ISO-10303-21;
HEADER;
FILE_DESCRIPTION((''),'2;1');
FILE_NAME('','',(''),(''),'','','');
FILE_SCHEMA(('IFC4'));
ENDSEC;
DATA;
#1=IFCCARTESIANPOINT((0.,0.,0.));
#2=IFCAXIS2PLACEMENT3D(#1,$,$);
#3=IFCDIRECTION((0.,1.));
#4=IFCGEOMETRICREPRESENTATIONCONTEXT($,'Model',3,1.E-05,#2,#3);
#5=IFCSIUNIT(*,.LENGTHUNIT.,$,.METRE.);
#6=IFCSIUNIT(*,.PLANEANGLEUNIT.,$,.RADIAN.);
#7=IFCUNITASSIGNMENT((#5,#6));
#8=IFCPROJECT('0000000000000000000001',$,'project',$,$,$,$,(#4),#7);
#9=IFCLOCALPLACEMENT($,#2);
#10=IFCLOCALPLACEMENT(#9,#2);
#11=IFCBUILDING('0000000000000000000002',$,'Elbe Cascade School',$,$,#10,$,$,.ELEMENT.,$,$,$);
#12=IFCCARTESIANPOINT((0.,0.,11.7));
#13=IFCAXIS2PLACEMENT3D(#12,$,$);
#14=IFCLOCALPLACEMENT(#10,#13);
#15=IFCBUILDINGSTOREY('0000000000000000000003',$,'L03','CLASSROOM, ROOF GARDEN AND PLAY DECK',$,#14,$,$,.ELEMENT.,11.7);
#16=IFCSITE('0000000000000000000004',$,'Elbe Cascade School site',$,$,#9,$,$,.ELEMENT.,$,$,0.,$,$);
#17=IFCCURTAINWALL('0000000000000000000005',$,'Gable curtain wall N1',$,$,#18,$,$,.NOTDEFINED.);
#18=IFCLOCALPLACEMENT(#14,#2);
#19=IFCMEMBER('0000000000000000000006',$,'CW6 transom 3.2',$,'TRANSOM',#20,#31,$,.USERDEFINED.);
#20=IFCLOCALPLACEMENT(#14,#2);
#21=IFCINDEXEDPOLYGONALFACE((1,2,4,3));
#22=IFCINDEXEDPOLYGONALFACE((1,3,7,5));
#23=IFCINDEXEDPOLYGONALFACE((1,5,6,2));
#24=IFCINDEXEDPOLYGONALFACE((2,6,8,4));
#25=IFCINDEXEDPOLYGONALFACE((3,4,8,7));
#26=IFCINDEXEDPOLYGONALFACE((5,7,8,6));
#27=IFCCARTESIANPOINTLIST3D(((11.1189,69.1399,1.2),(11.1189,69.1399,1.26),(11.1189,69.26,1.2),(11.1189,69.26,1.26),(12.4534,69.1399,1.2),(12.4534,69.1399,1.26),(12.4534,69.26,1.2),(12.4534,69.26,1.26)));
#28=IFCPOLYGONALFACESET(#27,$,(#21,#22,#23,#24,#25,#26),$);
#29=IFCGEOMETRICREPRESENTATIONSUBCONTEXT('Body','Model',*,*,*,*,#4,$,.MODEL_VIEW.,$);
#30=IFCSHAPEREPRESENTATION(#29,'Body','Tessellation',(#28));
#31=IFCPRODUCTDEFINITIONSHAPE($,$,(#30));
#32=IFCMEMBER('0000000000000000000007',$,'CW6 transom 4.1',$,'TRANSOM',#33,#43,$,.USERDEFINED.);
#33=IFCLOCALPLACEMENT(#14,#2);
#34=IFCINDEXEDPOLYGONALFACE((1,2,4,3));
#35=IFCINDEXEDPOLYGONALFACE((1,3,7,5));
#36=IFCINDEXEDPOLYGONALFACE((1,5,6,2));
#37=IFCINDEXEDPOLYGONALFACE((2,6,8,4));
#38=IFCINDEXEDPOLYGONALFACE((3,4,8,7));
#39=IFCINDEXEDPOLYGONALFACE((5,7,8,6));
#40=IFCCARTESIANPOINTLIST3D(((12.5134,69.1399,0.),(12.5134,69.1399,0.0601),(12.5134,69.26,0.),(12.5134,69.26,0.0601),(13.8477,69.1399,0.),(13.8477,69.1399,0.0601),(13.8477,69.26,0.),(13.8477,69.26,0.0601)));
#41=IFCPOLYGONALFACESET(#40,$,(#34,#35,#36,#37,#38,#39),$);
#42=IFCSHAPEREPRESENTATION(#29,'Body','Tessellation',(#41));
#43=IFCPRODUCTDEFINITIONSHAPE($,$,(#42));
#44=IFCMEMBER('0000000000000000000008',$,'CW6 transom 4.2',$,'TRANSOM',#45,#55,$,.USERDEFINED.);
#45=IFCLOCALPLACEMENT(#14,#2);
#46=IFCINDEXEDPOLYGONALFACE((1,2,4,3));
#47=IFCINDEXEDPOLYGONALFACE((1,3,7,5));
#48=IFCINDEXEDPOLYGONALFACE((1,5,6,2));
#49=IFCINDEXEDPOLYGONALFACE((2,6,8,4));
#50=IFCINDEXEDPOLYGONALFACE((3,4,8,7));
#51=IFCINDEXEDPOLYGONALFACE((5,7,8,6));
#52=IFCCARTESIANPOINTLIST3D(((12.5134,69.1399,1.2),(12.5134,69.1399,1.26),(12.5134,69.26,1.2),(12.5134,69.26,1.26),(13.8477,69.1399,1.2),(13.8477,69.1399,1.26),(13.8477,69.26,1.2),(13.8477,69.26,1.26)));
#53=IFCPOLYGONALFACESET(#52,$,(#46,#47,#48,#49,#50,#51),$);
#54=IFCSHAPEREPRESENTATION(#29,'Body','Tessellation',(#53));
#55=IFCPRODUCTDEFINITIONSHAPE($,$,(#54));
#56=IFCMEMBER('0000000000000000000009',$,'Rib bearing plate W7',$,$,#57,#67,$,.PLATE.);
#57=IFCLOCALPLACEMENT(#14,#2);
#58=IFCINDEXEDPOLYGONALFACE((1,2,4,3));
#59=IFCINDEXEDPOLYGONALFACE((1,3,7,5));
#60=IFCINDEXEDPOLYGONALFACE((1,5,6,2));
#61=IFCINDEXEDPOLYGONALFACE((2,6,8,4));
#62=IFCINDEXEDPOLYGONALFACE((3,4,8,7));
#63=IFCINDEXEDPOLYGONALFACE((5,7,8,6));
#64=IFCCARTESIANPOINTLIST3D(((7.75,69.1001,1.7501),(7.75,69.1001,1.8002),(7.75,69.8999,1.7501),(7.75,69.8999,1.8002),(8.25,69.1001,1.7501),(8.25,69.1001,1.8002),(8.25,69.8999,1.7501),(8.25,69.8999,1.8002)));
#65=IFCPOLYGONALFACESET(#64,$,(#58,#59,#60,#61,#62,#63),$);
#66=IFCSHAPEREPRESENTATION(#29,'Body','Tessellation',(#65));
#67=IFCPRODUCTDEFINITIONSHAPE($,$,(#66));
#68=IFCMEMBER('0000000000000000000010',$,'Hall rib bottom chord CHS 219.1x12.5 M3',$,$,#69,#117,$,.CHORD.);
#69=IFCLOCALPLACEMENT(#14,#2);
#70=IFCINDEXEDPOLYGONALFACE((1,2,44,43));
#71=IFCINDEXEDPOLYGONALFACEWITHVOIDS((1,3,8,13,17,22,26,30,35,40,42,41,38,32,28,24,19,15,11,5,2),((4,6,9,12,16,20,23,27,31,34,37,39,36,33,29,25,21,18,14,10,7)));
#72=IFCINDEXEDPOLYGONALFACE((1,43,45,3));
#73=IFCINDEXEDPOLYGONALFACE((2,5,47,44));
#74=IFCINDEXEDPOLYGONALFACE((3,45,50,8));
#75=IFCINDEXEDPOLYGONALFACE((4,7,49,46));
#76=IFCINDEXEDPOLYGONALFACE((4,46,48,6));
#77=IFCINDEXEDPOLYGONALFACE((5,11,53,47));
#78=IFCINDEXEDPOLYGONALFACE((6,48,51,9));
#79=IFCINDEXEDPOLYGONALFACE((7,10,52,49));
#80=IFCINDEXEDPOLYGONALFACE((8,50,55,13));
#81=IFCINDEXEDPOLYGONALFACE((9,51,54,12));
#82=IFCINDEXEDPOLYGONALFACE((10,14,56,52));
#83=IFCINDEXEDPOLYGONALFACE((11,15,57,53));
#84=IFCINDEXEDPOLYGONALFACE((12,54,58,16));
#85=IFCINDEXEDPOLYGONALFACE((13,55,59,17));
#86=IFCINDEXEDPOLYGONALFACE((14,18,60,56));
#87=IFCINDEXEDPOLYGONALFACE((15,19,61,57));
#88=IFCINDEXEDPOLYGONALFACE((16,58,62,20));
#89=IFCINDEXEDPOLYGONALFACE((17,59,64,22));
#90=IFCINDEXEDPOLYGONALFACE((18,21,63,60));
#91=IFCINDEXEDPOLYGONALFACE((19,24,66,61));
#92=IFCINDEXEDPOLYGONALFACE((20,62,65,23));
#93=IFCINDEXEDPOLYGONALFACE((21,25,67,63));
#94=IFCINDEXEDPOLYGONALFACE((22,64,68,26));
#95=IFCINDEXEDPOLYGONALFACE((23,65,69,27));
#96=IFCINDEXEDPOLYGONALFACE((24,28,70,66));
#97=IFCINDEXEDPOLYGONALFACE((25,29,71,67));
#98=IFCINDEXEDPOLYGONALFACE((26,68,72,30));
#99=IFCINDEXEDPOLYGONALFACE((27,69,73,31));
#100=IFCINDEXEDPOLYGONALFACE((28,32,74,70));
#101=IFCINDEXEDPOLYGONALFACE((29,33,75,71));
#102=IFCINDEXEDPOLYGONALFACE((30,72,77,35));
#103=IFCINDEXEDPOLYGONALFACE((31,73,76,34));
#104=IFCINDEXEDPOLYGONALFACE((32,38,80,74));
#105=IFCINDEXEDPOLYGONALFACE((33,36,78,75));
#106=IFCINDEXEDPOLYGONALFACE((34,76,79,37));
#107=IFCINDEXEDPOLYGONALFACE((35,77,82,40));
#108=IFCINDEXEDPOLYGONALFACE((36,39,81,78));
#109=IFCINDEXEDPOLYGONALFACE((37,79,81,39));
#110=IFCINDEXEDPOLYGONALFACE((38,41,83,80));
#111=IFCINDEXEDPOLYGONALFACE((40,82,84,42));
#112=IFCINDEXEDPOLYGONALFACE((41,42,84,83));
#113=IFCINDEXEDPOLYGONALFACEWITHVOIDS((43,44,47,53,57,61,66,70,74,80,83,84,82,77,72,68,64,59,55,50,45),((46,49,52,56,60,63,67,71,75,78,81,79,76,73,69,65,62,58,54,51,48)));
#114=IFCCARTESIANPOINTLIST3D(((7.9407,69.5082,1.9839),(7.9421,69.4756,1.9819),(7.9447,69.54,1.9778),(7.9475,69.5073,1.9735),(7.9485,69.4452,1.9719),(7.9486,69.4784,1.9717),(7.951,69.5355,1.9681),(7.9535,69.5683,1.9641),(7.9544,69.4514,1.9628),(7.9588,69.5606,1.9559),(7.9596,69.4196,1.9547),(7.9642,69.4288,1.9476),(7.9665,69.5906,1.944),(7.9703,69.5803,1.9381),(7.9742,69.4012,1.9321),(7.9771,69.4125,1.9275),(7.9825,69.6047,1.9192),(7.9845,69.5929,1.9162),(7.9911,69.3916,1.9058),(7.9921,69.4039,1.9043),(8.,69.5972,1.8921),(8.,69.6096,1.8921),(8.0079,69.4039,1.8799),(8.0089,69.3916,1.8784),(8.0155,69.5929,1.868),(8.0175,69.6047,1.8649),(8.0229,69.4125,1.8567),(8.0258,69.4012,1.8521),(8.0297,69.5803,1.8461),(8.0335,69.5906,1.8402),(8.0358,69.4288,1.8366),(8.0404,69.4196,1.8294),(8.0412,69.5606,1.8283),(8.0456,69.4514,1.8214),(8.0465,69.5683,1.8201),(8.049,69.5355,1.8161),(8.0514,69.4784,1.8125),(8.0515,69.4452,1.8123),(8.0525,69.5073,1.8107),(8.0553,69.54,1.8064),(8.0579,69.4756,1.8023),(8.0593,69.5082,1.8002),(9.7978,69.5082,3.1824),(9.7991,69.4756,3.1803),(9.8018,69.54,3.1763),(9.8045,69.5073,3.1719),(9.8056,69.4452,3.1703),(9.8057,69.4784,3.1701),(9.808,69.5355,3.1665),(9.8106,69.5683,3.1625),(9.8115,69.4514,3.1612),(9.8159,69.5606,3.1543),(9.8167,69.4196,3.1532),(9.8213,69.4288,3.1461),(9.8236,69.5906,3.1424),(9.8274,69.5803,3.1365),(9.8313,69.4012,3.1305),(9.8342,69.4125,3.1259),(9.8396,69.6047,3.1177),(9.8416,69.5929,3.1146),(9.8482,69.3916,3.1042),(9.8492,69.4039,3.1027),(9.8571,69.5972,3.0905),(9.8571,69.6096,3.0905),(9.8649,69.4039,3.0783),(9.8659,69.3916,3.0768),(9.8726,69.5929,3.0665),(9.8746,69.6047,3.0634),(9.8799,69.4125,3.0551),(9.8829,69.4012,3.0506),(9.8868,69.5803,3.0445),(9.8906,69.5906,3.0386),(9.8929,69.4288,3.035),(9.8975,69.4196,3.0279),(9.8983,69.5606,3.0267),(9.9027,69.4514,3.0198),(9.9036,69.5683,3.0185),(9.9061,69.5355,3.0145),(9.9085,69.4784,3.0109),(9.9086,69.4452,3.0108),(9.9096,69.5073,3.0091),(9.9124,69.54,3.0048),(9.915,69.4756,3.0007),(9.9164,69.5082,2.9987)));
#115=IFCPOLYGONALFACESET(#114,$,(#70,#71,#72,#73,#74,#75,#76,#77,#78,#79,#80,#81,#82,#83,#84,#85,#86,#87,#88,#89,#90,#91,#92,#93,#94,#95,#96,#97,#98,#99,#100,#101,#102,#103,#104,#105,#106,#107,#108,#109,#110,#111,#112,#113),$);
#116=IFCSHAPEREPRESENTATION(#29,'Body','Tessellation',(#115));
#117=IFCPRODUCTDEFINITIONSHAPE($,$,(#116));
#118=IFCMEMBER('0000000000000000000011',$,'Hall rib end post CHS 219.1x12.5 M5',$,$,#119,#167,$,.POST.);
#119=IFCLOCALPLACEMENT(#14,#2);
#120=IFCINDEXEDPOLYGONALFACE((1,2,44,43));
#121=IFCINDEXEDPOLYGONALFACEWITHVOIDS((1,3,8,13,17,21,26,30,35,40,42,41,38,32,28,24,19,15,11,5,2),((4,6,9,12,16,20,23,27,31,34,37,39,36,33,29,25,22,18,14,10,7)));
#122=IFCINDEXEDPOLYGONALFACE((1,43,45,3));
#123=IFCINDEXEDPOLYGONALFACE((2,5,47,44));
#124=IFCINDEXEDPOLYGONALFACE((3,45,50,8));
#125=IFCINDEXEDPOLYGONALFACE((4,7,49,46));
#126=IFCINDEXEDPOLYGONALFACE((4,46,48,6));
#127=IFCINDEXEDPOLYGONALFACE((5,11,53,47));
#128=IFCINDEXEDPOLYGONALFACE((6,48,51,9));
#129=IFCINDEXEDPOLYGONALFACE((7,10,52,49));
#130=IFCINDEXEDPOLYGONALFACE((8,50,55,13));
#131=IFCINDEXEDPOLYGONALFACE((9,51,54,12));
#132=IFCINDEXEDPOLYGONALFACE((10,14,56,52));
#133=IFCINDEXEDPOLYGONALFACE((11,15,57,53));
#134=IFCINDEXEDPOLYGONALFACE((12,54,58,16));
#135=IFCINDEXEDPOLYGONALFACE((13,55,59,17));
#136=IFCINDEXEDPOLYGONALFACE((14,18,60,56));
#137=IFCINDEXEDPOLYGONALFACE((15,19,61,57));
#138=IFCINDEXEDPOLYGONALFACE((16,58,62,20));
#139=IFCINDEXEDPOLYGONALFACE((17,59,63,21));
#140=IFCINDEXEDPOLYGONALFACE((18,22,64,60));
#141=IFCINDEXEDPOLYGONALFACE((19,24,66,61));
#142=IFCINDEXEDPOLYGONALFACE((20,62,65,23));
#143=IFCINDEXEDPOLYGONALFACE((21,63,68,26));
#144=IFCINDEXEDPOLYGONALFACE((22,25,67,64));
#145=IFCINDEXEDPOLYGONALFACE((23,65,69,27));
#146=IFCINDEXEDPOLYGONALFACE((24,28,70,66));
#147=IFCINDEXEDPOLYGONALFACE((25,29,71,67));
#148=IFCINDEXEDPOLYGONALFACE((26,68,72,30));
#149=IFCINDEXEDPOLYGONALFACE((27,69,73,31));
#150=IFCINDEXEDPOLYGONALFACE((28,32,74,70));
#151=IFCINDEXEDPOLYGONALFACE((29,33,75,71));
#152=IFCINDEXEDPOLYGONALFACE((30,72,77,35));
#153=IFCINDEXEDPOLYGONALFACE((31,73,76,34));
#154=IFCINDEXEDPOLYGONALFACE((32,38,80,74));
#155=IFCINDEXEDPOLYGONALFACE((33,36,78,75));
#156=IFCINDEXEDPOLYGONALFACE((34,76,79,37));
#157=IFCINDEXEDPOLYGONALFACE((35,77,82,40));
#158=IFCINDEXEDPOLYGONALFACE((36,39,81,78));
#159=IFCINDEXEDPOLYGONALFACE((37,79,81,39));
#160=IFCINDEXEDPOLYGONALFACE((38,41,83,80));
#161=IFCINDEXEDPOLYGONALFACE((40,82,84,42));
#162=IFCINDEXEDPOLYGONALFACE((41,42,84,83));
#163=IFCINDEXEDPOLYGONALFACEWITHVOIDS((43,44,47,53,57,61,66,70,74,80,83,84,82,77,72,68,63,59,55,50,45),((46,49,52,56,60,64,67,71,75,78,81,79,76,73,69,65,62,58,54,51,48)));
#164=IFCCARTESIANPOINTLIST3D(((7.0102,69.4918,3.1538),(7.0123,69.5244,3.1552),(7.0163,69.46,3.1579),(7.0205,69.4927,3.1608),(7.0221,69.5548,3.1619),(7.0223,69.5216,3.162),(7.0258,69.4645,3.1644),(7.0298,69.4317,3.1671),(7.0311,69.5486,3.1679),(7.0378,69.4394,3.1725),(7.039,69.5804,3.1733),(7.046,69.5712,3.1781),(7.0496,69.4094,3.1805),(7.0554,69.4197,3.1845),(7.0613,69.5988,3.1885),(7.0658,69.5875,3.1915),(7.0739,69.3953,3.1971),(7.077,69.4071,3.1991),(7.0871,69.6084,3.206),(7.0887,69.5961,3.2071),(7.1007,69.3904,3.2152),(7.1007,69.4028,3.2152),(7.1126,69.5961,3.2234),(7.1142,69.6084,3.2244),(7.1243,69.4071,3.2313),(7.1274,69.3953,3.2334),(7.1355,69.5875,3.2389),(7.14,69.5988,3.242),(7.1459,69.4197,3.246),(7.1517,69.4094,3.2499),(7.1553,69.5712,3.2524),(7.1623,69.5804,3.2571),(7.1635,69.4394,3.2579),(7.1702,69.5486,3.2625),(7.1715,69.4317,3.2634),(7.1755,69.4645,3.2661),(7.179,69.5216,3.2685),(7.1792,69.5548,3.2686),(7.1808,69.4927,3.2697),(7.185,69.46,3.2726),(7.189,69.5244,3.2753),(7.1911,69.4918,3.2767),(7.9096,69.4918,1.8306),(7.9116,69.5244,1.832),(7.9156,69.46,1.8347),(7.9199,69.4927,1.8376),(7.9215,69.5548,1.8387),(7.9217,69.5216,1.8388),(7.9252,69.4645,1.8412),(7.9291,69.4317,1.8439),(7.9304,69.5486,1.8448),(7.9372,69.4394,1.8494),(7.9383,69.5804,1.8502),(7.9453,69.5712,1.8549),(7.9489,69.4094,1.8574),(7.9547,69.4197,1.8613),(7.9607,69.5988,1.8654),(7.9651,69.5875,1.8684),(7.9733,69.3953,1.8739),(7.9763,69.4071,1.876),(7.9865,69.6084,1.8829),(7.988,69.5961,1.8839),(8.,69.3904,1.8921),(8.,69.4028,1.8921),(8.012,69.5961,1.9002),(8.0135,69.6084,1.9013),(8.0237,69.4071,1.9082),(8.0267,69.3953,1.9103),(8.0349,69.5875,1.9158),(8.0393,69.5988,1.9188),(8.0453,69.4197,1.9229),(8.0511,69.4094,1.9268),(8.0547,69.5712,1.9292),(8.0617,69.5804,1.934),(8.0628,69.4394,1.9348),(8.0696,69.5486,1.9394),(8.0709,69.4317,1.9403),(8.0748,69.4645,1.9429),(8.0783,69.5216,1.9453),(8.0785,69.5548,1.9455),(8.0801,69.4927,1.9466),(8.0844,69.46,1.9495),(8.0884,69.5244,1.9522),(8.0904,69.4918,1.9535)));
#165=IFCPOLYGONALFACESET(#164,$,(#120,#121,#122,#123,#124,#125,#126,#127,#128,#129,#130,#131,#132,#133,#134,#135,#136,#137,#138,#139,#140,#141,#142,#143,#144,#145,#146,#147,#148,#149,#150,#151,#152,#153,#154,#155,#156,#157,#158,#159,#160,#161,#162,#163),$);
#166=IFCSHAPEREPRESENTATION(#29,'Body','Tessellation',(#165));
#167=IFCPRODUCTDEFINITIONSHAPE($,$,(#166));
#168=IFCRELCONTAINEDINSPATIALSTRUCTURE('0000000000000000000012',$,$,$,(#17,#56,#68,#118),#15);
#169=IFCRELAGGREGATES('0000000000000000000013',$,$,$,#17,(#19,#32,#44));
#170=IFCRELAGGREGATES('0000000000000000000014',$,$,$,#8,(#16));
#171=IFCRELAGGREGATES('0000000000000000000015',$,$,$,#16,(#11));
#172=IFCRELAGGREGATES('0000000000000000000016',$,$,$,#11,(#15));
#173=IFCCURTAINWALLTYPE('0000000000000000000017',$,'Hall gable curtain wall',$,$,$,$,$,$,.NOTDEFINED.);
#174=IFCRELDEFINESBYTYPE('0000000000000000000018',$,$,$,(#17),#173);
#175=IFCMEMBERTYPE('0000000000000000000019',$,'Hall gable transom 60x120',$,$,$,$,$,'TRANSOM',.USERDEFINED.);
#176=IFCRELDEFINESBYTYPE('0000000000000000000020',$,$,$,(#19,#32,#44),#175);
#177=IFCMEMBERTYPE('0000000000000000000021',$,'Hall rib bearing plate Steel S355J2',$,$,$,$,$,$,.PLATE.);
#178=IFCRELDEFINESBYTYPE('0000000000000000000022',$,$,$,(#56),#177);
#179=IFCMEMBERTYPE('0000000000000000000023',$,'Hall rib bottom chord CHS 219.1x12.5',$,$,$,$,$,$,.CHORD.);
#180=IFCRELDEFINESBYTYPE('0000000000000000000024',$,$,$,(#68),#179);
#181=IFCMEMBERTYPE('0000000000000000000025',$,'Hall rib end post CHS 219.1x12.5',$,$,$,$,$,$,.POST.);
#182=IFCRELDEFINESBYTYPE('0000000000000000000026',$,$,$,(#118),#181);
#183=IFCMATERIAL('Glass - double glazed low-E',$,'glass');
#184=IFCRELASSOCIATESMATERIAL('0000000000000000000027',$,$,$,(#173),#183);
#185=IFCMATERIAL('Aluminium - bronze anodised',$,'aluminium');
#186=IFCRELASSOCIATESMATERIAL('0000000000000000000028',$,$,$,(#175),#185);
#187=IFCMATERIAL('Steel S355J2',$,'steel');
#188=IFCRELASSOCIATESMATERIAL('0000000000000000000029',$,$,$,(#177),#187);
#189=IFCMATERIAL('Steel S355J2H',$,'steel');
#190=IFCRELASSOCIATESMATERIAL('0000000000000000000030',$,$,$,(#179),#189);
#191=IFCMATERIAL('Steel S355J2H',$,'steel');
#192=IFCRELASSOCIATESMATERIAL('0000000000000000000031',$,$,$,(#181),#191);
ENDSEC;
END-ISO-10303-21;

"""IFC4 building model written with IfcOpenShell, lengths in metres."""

from ifc_helpers import new_model, si_unit, direction, frame, origin, origin_2d, place, context, subcontext, project, spatial, rectangle, hollow_circle, extrude, material, material_profile, profile_set, type_object, element, aggregate, save


model = new_model("IFC4")

# Units and contexts
model_context = context("Model", 3, precision=1e-05, world=origin(), true_north=direction((0.0, 1.0)))
body_context = subcontext(model_context, "Body", "Model", "MODEL_VIEW")
ifc_project = project(units=[si_unit("LENGTHUNIT", "METRE"), si_unit("PLANEANGLEUNIT", "RADIAN")], contexts=[model_context])

# Site, building, storey
site_placement = place(None, origin())
site = spatial("IfcSite", under=ifc_project, at=site_placement, Name="Elbe Cascade School site", CompositionType="ELEMENT", RefElevation=0.0)
building_placement = place(site_placement, origin())
building = spatial("IfcBuilding", under=site, at=building_placement, Name="Elbe Cascade School", CompositionType="ELEMENT")
storey_placement = place(building_placement, frame((0.0, 0.0, 11.7)))
storey = spatial("IfcBuildingStorey", under=building, at=storey_placement, Name="L03", Description="CLASSROOM, ROOF GARDEN AND PLAY DECK", CompositionType="ELEMENT", Elevation=11.7)

# Curtain wall, members
ifc_material_1 = material(Name="Glass - double glazed low-E", Category="glass")
curtain_wall_type = type_object("IfcCurtainWallType", Name="Hall gable curtain wall", PredefinedType="NOTDEFINED", material=ifc_material_1)
curtain_wall_placement = place(storey_placement, origin())
curtain_wall = element("IfcCurtainWall", 1, at=curtain_wall_placement, inside=storey, type_object=curtain_wall_type, Name="Gable curtain wall N1", PredefinedType="NOTDEFINED")
ifc_material_2 = material(Name="Aluminium - bronze anodised", Category="aluminium")
ifc_material_profile_1 = material_profile(ifc_material_2, rectangle(XDim=0.1201, YDim=0.0601, at=origin_2d()), Name="Alu 60x120")
ifc_profile_set_1 = profile_set([ifc_material_profile_1], Name="Aluminium - bronze anodised")
member_type_1 = type_object("IfcMemberType", Name="Hall gable transom 60x120", ElementType="TRANSOM", PredefinedType="USERDEFINED", material=ifc_profile_set_1)
member_1_placement = place(storey_placement, frame((11.1189, 69.2, 1.23), z_axis=(1.0, 0.0, 0.0), x_axis=(0.0, 1.0, 0.0)))
member_1 = element("IfcMember", 2, at=member_1_placement, type_object=member_type_1, Name="CW6 transom 3.2", ObjectType="TRANSOM", PredefinedType="USERDEFINED", context=body_context, shape_type="SweptSolid", body=[
    extrude(rectangle(XDim=0.1201, YDim=0.0601, at=origin_2d()), origin(), (0.0, 0.0, 1.0), 1.3345),
])
member_2_placement = place(storey_placement, frame((12.5134, 69.2, 0.03), z_axis=(1.0, 0.0, 0.0), x_axis=(0.0, 1.0, 0.0)))
member_2 = element("IfcMember", 3, at=member_2_placement, type_object=member_type_1, Name="CW6 transom 4.1", ObjectType="TRANSOM", PredefinedType="USERDEFINED", context=body_context, shape_type="SweptSolid", body=[
    extrude(rectangle(XDim=0.1201, YDim=0.0601, at=origin_2d()), origin(), (0.0, 0.0, 1.0), 1.3342),
])
member_3_placement = place(storey_placement, frame((12.5134, 69.2, 1.23), z_axis=(1.0, 0.0, 0.0), x_axis=(0.0, 1.0, 0.0)))
member_3 = element("IfcMember", 4, at=member_3_placement, type_object=member_type_1, Name="CW6 transom 4.2", ObjectType="TRANSOM", PredefinedType="USERDEFINED", context=body_context, shape_type="SweptSolid", body=[
    extrude(rectangle(XDim=0.1201, YDim=0.0601, at=origin_2d()), origin(), (0.0, 0.0, 1.0), 1.3342),
])

# Members
ifc_material_3 = material(Name="Steel S355J2", Category="steel")
ifc_material_profile_2 = material_profile(ifc_material_3, rectangle(XDim=0.5, YDim=0.05, at=origin_2d()), Name="PL 500x50")
ifc_profile_set_2 = profile_set([ifc_material_profile_2], Name="Steel S355J2")
member_type_2 = type_object("IfcMemberType", Name="Hall rib bearing plate Steel S355J2", PredefinedType="PLATE", material=ifc_profile_set_2)
member_4_placement = place(storey_placement, frame((8.0, 69.1001, 1.7751), z_axis=(0.0, 1.0, 0.0), x_axis=(-1.0, 0.0, 0.0)))
element("IfcMember", 5, at=member_4_placement, inside=storey, type_object=member_type_2, Name="Rib bearing plate W7", PredefinedType="PLATE", context=body_context, shape_type="SweptSolid", body=[
    extrude(rectangle(XDim=0.5, YDim=0.05, at=origin_2d()), origin(), (0.0, 0.0, 1.0), 0.7998),
])
ifc_material_4 = material(Name="Steel S355J2H", Category="steel")
ifc_material_profile_3 = material_profile(ifc_material_4, hollow_circle(Radius=0.1096, WallThickness=0.0125, at=origin_2d()), Name="CHS 219.1x12.5")
ifc_profile_set_3 = profile_set([ifc_material_profile_3], Name="Steel S355J2H")
member_type_3 = type_object("IfcMemberType", Name="Hall rib bottom chord CHS 219.1x12.5", PredefinedType="CHORD", material=ifc_profile_set_3)
member_5_placement = place(storey_placement, frame((8.0, 69.5, 1.8921), z_axis=(0.840233, 0.0, 0.542225), x_axis=(0.0, 1.0, 0.0)))
element("IfcMember", 6, at=member_5_placement, inside=storey, type_object=member_type_3, Name="Hall rib bottom chord CHS 219.1x12.5 M3", PredefinedType="CHORD", context=body_context, shape_type="SweptSolid", body=[
    extrude(hollow_circle(Radius=0.1096, WallThickness=0.0125, at=origin_2d()), origin(), (0.0, 0.0, 1.0), 2.2102),
])
ifc_material_5 = material(Name="Steel S355J2H", Category="steel")
ifc_material_profile_4 = material_profile(ifc_material_5, hollow_circle(Radius=0.1096, WallThickness=0.0125, at=origin_2d()), Name="CHS 219.1x12.5")
ifc_profile_set_4 = profile_set([ifc_material_profile_4], Name="Steel S355J2H")
member_type_4 = type_object("IfcMemberType", Name="Hall rib end post CHS 219.1x12.5", PredefinedType="POST", material=ifc_profile_set_4)
member_6_placement = place(storey_placement, frame((8.0, 69.5, 1.8921), z_axis=(-0.562143, 0.0, 0.82704), x_axis=(0.0, -1.0, 0.0)))
element("IfcMember", 7, at=member_6_placement, inside=storey, type_object=member_type_4, Name="Hall rib end post CHS 219.1x12.5 M5", PredefinedType="POST", context=body_context, shape_type="SweptSolid", body=[
    extrude(hollow_circle(Radius=0.1096, WallThickness=0.0125, at=origin_2d()), origin(), (0.0, 0.0, 1.0), 1.5999),
])

aggregate(curtain_wall, [member_1, member_2, member_3])

save(model, "model.ifc")
